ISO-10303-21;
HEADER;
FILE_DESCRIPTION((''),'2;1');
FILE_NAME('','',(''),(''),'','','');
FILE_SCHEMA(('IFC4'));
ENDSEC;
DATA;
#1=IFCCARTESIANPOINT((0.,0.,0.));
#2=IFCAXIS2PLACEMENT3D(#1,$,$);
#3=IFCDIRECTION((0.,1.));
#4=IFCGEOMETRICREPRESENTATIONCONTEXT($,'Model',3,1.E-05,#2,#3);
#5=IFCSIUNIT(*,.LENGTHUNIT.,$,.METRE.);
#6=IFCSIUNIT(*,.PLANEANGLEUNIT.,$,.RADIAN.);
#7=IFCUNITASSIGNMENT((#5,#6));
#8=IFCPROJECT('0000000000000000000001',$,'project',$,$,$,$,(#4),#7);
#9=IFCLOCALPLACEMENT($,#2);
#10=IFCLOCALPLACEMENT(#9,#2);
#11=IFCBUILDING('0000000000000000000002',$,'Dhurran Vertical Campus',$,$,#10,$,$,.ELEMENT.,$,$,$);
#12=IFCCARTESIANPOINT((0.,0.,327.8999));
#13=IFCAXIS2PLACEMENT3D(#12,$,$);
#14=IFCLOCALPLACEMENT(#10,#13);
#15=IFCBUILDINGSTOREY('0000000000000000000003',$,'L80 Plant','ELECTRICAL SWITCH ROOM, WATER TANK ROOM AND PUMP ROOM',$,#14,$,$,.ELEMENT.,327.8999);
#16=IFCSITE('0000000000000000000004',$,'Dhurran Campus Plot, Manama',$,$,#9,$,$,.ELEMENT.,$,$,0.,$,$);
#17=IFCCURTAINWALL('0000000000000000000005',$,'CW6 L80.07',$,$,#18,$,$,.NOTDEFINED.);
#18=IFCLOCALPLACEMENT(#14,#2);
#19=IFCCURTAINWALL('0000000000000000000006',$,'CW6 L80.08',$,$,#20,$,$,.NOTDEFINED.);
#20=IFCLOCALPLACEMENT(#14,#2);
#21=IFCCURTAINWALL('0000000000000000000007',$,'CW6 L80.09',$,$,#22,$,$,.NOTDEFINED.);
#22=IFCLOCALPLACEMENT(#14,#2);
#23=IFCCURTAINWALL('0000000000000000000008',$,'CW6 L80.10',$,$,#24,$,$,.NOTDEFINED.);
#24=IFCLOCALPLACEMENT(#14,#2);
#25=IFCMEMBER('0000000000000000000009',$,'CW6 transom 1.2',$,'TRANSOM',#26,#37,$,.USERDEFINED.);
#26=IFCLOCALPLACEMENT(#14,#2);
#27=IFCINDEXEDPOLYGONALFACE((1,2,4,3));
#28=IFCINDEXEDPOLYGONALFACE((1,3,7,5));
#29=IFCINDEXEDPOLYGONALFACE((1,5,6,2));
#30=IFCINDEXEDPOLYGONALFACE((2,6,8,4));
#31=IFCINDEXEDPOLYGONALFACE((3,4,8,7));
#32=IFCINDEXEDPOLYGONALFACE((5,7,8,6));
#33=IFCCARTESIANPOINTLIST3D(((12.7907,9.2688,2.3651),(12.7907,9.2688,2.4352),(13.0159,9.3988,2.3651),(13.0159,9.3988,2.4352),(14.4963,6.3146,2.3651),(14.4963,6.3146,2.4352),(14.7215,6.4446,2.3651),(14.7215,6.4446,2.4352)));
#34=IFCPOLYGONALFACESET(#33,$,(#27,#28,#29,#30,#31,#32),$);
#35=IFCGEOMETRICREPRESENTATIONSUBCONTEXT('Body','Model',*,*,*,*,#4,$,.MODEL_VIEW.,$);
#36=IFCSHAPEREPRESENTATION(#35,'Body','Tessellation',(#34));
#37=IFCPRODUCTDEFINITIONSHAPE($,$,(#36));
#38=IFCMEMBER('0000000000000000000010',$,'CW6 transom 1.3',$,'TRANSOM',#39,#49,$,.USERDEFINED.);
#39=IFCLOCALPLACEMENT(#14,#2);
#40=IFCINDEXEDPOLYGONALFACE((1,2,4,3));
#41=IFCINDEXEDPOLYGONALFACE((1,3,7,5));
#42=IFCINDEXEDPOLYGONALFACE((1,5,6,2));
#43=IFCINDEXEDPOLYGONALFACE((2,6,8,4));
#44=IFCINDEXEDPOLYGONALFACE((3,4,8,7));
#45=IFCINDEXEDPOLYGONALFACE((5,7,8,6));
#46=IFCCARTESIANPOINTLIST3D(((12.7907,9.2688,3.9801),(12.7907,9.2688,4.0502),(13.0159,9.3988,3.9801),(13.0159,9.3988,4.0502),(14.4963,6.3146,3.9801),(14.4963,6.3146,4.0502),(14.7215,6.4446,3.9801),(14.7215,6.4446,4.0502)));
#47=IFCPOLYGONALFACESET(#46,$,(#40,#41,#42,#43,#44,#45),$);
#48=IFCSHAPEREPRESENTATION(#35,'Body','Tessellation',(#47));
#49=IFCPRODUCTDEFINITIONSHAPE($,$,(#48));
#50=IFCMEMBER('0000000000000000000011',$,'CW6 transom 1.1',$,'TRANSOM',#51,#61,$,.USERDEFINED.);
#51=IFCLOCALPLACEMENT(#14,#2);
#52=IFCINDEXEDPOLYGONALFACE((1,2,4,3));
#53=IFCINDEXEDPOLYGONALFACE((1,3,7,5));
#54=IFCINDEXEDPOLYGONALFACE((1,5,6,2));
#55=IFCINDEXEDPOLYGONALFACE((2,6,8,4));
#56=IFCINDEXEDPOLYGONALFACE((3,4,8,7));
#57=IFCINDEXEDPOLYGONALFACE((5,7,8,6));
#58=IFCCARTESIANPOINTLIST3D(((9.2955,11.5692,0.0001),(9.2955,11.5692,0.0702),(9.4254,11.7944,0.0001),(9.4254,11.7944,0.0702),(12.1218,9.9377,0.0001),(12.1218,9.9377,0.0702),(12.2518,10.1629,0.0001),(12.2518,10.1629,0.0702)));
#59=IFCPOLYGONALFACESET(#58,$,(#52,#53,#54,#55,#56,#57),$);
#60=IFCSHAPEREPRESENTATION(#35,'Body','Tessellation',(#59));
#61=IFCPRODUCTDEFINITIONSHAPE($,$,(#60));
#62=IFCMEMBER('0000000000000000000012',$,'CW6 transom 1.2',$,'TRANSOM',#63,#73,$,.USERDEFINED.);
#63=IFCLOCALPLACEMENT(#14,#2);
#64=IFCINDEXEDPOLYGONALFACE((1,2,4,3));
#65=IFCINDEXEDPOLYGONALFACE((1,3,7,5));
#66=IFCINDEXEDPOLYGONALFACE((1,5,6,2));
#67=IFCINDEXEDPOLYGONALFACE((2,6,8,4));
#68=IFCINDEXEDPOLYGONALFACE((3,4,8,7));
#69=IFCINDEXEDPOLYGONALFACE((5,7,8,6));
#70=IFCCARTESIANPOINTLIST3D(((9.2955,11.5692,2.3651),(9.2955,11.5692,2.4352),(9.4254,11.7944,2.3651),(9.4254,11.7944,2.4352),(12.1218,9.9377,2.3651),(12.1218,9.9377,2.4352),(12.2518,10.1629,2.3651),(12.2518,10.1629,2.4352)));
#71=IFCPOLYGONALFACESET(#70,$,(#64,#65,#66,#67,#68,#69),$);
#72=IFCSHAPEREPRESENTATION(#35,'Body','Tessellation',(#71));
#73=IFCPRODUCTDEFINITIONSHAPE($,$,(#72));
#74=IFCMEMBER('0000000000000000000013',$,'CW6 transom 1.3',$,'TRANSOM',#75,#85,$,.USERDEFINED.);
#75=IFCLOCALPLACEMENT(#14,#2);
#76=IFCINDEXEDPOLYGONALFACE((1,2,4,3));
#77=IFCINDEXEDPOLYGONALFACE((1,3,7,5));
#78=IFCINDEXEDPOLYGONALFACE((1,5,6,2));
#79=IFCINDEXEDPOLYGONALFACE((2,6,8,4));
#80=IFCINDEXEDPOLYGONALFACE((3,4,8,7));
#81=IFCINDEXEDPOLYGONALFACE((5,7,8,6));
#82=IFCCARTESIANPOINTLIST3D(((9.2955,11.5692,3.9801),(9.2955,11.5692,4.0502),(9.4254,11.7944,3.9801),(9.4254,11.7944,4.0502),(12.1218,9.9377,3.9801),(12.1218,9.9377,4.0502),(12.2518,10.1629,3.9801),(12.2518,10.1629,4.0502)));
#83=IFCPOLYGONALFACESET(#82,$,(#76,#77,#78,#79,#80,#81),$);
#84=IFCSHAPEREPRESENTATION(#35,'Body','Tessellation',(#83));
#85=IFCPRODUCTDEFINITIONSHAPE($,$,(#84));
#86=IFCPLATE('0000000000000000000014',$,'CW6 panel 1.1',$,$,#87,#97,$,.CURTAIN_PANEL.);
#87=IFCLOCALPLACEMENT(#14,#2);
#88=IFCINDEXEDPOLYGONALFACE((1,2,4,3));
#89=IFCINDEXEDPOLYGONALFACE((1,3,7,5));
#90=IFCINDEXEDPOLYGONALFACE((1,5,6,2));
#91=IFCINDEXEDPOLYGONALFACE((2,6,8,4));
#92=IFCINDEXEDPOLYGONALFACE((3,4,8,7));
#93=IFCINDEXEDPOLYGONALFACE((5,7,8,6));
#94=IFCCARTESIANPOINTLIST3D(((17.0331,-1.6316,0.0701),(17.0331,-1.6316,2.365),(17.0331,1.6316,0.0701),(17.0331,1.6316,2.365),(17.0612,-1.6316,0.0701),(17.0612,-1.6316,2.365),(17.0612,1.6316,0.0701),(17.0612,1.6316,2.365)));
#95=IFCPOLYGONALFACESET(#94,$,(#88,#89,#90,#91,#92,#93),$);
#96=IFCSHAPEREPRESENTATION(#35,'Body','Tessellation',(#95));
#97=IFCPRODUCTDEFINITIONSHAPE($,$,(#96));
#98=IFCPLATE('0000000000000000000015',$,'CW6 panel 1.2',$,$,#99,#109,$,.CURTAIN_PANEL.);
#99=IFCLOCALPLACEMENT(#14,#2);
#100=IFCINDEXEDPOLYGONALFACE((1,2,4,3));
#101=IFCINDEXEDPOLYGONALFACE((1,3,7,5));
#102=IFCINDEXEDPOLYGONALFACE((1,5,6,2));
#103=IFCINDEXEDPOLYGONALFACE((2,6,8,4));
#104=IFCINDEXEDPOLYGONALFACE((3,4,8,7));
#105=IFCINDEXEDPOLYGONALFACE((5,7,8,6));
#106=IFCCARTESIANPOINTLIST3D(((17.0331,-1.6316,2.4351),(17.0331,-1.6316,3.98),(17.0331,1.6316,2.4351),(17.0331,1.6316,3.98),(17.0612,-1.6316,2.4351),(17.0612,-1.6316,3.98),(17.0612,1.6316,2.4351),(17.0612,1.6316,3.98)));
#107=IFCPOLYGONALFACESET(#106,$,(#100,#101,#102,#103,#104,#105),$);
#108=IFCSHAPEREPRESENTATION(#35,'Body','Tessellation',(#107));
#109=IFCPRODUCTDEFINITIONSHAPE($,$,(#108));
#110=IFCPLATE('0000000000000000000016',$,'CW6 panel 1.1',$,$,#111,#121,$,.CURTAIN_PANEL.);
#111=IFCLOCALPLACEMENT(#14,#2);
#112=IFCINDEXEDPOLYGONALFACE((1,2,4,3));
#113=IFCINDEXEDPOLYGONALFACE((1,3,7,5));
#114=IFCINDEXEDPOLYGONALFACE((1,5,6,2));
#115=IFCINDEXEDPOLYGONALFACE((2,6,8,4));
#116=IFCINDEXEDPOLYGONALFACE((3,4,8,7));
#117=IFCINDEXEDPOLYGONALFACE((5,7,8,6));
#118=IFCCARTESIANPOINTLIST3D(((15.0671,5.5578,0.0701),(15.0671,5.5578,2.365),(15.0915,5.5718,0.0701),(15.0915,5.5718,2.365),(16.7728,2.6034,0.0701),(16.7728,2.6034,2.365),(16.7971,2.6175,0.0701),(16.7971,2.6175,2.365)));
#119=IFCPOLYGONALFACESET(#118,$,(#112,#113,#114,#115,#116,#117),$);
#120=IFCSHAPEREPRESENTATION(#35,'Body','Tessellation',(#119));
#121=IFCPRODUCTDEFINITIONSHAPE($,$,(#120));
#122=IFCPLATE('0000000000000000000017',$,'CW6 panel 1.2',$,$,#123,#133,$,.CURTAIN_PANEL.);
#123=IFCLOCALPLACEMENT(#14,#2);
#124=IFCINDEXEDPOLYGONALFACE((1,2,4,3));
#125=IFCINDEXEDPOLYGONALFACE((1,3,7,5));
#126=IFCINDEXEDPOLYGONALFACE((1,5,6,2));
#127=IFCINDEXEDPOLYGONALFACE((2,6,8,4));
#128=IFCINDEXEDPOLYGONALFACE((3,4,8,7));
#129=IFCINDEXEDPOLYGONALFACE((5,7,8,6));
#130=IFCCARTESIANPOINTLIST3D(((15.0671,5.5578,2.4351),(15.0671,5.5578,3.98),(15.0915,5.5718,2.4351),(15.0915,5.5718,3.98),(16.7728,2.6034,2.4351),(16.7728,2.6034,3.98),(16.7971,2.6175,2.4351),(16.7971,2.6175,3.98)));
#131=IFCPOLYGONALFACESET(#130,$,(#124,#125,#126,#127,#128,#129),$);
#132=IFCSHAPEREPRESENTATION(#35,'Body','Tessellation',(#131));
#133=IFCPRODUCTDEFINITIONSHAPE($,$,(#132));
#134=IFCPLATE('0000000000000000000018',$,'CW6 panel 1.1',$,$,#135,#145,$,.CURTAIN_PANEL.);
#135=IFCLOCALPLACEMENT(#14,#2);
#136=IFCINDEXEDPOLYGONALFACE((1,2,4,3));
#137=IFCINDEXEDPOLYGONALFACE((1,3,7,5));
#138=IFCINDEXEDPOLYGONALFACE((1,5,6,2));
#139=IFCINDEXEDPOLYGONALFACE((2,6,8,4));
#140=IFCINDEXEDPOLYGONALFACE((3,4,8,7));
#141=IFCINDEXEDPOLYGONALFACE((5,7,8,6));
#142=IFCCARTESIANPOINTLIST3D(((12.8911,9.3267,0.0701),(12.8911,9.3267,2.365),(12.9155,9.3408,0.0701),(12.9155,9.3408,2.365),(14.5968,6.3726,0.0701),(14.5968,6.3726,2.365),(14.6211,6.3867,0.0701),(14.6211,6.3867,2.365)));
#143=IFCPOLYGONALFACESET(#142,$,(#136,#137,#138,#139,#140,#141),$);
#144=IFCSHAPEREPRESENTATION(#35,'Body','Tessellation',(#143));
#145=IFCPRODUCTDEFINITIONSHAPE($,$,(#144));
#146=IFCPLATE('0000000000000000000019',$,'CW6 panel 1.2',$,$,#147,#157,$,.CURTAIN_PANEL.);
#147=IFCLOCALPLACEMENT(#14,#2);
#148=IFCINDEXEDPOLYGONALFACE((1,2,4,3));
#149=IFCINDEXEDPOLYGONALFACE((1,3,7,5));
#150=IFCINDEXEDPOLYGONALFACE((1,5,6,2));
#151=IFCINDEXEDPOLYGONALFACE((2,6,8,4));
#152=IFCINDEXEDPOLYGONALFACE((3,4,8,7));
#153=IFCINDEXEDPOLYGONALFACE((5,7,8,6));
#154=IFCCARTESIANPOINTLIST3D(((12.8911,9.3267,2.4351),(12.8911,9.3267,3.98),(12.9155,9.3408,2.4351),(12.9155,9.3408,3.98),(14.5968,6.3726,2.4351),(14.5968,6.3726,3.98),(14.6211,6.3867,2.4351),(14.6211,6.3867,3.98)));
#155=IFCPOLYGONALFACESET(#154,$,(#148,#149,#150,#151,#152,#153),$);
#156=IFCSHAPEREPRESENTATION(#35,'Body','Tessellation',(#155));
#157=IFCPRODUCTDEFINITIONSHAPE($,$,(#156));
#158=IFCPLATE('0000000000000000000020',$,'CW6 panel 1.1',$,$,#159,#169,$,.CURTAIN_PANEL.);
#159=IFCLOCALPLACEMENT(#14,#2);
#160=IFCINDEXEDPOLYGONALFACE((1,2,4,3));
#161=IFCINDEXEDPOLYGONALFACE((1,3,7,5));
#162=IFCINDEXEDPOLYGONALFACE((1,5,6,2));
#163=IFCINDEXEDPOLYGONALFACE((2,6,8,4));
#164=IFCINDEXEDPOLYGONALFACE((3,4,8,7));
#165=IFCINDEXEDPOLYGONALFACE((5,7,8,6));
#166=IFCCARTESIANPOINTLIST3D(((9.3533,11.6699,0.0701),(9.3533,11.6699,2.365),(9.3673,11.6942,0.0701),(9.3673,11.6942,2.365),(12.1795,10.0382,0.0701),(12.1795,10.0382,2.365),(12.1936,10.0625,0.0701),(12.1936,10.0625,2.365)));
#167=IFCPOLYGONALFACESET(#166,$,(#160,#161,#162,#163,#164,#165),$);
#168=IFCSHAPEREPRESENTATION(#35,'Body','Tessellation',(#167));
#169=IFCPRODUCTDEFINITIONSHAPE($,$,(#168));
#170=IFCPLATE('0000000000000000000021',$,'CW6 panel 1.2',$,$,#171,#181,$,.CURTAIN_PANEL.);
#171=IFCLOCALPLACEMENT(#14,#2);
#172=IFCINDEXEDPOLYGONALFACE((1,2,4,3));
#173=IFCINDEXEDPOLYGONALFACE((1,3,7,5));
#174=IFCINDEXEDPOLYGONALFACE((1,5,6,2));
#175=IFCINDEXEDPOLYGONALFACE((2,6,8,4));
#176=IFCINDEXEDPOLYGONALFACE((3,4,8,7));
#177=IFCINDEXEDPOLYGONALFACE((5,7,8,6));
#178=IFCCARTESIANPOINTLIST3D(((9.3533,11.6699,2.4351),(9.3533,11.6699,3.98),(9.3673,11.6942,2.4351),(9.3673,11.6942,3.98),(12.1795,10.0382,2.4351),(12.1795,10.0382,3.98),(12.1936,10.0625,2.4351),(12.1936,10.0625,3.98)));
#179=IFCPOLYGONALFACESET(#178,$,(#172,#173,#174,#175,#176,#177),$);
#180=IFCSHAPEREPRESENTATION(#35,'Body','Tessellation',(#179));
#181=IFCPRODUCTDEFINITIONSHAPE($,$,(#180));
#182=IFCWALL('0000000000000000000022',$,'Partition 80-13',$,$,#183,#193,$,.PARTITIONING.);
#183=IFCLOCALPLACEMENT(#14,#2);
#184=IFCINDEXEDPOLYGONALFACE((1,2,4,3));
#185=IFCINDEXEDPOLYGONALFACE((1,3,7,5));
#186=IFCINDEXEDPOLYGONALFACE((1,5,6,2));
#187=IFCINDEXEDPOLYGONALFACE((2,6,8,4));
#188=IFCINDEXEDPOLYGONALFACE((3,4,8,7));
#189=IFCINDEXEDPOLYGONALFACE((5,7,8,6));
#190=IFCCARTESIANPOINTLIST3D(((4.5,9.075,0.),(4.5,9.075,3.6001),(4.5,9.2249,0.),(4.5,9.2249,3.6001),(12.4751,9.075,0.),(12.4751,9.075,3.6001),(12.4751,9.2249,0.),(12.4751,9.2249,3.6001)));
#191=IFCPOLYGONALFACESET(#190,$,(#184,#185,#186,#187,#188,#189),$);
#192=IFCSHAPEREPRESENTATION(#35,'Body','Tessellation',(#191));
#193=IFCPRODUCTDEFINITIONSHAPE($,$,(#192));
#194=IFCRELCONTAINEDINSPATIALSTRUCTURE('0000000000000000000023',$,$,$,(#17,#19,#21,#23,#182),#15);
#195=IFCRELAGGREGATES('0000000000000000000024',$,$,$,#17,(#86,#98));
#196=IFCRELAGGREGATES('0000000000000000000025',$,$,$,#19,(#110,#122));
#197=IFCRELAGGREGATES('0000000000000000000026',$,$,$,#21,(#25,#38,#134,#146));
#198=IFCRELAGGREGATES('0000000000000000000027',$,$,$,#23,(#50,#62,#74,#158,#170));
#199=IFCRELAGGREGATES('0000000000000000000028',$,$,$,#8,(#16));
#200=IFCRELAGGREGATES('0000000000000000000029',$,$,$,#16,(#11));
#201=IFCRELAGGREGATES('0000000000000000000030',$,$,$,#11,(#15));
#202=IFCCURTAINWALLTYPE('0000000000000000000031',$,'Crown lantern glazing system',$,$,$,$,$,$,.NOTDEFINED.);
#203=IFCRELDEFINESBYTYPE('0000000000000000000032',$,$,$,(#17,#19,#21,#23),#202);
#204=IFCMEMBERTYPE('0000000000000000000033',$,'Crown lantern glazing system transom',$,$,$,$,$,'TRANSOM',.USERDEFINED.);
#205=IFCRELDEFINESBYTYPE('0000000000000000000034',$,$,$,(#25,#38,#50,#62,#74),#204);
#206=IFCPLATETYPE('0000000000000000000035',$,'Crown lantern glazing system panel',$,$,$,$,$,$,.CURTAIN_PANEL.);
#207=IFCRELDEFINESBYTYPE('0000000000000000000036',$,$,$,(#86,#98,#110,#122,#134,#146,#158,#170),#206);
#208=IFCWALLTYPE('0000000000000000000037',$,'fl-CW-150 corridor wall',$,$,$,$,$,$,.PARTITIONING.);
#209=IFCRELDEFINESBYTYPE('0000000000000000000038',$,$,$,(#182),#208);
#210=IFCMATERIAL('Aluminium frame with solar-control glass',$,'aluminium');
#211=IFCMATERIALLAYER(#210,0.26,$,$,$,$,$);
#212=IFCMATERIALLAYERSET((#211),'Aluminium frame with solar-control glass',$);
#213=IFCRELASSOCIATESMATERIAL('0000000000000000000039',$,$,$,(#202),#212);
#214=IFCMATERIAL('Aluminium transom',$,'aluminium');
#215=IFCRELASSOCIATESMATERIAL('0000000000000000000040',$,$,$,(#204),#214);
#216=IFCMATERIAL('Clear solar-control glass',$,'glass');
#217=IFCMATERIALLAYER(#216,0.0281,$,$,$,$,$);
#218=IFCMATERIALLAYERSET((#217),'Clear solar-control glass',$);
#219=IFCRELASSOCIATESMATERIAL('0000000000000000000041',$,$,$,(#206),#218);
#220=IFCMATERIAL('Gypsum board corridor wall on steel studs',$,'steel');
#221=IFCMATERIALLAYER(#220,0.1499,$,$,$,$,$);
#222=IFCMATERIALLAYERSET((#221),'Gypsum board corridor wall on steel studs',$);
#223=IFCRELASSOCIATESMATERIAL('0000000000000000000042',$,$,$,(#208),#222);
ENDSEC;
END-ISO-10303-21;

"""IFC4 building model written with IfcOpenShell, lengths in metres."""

from ifc_helpers import new_model, si_unit, direction, frame, frame_2d, origin, origin_2d, place, context, subcontext, project, spatial, rectangle, extrude, material, layer, layer_set, material_profile, profile_set, type_object, element, aggregate, save


model = new_model("IFC4")

# Units and contexts
model_context = context("Model", 3, precision=1e-05, world=origin(), true_north=direction((0.0, 1.0)))
body_context = subcontext(model_context, "Body", "Model", "MODEL_VIEW")
ifc_project = project(units=[si_unit("LENGTHUNIT", "METRE"), si_unit("PLANEANGLEUNIT", "RADIAN")], contexts=[model_context])

# Site, building, storey
site_placement = place(None, origin())
site = spatial("IfcSite", under=ifc_project, at=site_placement, Name="Dhurran Campus Plot, Manama", CompositionType="ELEMENT", RefElevation=0.0)
building_placement = place(site_placement, origin())
building = spatial("IfcBuilding", under=site, at=building_placement, Name="Dhurran Vertical Campus", CompositionType="ELEMENT")
storey_placement = place(building_placement, frame((0.0, 0.0, 327.8999)))
storey = spatial("IfcBuildingStorey", under=building, at=storey_placement, Name="L80 Plant", Description="ELECTRICAL SWITCH ROOM, WATER TANK ROOM AND PUMP ROOM", CompositionType="ELEMENT", Elevation=327.8999)

# Curtain wall
ifc_material_1 = material(Name="Aluminium frame with solar-control glass", Category="aluminium")
ifc_layer_1 = layer(ifc_material_1, 0.26)
ifc_layer_set_1 = layer_set([ifc_layer_1], Name="Aluminium frame with solar-control glass")
curtain_wall_type = type_object("IfcCurtainWallType", Name="Crown lantern glazing system", PredefinedType="NOTDEFINED", material=ifc_layer_set_1)
curtain_wall_1_placement = place(storey_placement, origin())
curtain_wall_1 = element("IfcCurtainWall", 1, at=curtain_wall_1_placement, inside=storey, type_object=curtain_wall_type, Name="CW6 L80.07", PredefinedType="NOTDEFINED")

# Curtain walls
curtain_wall_2_placement = place(storey_placement, origin())
curtain_wall_2 = element("IfcCurtainWall", 2, at=curtain_wall_2_placement, inside=storey, type_object=curtain_wall_type, Name="CW6 L80.08", PredefinedType="NOTDEFINED")
curtain_wall_3_placement = place(storey_placement, origin())
curtain_wall_3 = element("IfcCurtainWall", 3, at=curtain_wall_3_placement, inside=storey, type_object=curtain_wall_type, Name="CW6 L80.09", PredefinedType="NOTDEFINED")
curtain_wall_4_placement = place(storey_placement, origin())
curtain_wall_4 = element("IfcCurtainWall", 4, at=curtain_wall_4_placement, inside=storey, type_object=curtain_wall_type, Name="CW6 L80.10", PredefinedType="NOTDEFINED")

# Members
ifc_material_2 = material(Name="Aluminium transom", Category="aluminium")
ifc_material_profile_1 = material_profile(ifc_material_2, rectangle(XDim=0.26, YDim=0.0701, at=origin_2d()), Name="Crown lantern glazing system transom")
ifc_profile_set_1 = profile_set([ifc_material_profile_1], Name="Aluminium transom")
member_type_1 = type_object("IfcMemberType", Name="Crown lantern glazing system transom", ElementType="TRANSOM", PredefinedType="USERDEFINED", material=ifc_profile_set_1)
member_1_placement = place(storey_placement, frame((14.6089, 6.3796, 2.4001), z_axis=(-0.500003, 0.866023, 0.0), x_axis=(-0.866023, -0.500003, 0.0)))
member_1 = element("IfcMember", 5, at=member_1_placement, type_object=member_type_1, Name="CW6 transom 1.2", ObjectType="TRANSOM", PredefinedType="USERDEFINED", context=body_context, shape_type="SweptSolid", body=[
    extrude(rectangle(XDim=0.26, YDim=0.0701, at=origin_2d()), origin(), (0.0, 0.0, 1.0), 3.4111),
])
member_2_placement = place(storey_placement, frame((14.6089, 6.3796, 4.0151), z_axis=(-0.500003, 0.866023, 0.0), x_axis=(-0.866023, -0.500003, 0.0)))
member_2 = element("IfcMember", 6, at=member_2_placement, type_object=member_type_1, Name="CW6 transom 1.3", ObjectType="TRANSOM", PredefinedType="USERDEFINED", context=body_context, shape_type="SweptSolid", body=[
    extrude(rectangle(XDim=0.26, YDim=0.0701, at=origin_2d()), origin(), (0.0, 0.0, 1.0), 3.4111),
])
member_3_placement = place(storey_placement, frame((12.1868, 10.0503, 0.0352), z_axis=(-0.866057, 0.499945, 0.0), x_axis=(-0.499945, -0.866057, 0.0)))
member_3 = element("IfcMember", 7, at=member_3_placement, type_object=member_type_1, Name="CW6 transom 1.1", ObjectType="TRANSOM", PredefinedType="USERDEFINED", context=body_context, shape_type="SweptSolid", body=[
    extrude(rectangle(XDim=0.26, YDim=0.0701, at=origin_2d()), origin(), (0.0, 0.0, 1.0), 3.2634),
])
member_4_placement = place(storey_placement, frame((12.1868, 10.0503, 2.4001), z_axis=(-0.866057, 0.499945, 0.0), x_axis=(-0.499945, -0.866057, 0.0)))
member_4 = element("IfcMember", 8, at=member_4_placement, type_object=member_type_1, Name="CW6 transom 1.2", ObjectType="TRANSOM", PredefinedType="USERDEFINED", context=body_context, shape_type="SweptSolid", body=[
    extrude(rectangle(XDim=0.26, YDim=0.0701, at=origin_2d()), origin(), (0.0, 0.0, 1.0), 3.2634),
])
member_5_placement = place(storey_placement, frame((12.1868, 10.0503, 4.0151), z_axis=(-0.866057, 0.499945, 0.0), x_axis=(-0.499945, -0.866057, 0.0)))
member_5 = element("IfcMember", 9, at=member_5_placement, type_object=member_type_1, Name="CW6 transom 1.3", ObjectType="TRANSOM", PredefinedType="USERDEFINED", context=body_context, shape_type="SweptSolid", body=[
    extrude(rectangle(XDim=0.26, YDim=0.0701, at=origin_2d()), origin(), (0.0, 0.0, 1.0), 3.2634),
])

# Plates
ifc_material_3 = material(Name="Clear solar-control glass", Category="glass")
ifc_layer_2 = layer(ifc_material_3, 0.0281)
ifc_layer_set_2 = layer_set([ifc_layer_2], Name="Clear solar-control glass")
plate_type = type_object("IfcPlateType", Name="Crown lantern glazing system panel", PredefinedType="CURTAIN_PANEL", material=ifc_layer_set_2)
plate_1_placement = place(storey_placement, frame((17.0471, 0.0, 0.0701), z_axis=(0.0, 0.0, 1.0), x_axis=(0.0, 1.0, 0.0)))
plate_1 = element("IfcPlate", 10, at=plate_1_placement, type_object=plate_type, Name="CW6 panel 1.1", PredefinedType="CURTAIN_PANEL", context=body_context, shape_type="SweptSolid", body=[
    extrude(rectangle(XDim=3.2632, YDim=0.0281, at=origin_2d()), origin(), (0.0, 0.0, 1.0), 2.2949),
])
plate_2_placement = place(storey_placement, frame((17.0471, 0.0, 2.4351), z_axis=(0.0, 0.0, 1.0), x_axis=(0.0, 1.0, 0.0)))
plate_2 = element("IfcPlate", 11, at=plate_2_placement, type_object=plate_type, Name="CW6 panel 1.2", PredefinedType="CURTAIN_PANEL", context=body_context, shape_type="SweptSolid", body=[
    extrude(rectangle(XDim=3.2632, YDim=0.0281, at=origin_2d()), origin(), (0.0, 0.0, 1.0), 1.5449),
])
aggregate(curtain_wall_1, [plate_1, plate_2])
plate_3_placement = place(storey_placement, frame((15.9321, 4.0876, 0.0701), z_axis=(0.0, 0.0, 1.0), x_axis=(-0.499991, 0.86603, 0.0)))
plate_3 = element("IfcPlate", 12, at=plate_3_placement, type_object=plate_type, Name="CW6 panel 1.1", PredefinedType="CURTAIN_PANEL", context=body_context, shape_type="SweptSolid", body=[
    extrude(rectangle(XDim=3.4114, YDim=0.0281, at=origin_2d()), origin(), (0.0, 0.0, 1.0), 2.2949),
])
plate_4_placement = place(storey_placement, frame((15.9321, 4.0876, 2.4351), z_axis=(0.0, 0.0, 1.0), x_axis=(-0.499991, 0.86603, 0.0)))
plate_4 = element("IfcPlate", 13, at=plate_4_placement, type_object=plate_type, Name="CW6 panel 1.2", PredefinedType="CURTAIN_PANEL", context=body_context, shape_type="SweptSolid", body=[
    extrude(rectangle(XDim=3.4114, YDim=0.0281, at=origin_2d()), origin(), (0.0, 0.0, 1.0), 1.5449),
])
aggregate(curtain_wall_2, [plate_3, plate_4])
plate_5_placement = place(storey_placement, frame((13.7561, 7.8567, 0.0701), z_axis=(0.0, 0.0, 1.0), x_axis=(-0.500016, 0.866016, 0.0)))
plate_5 = element("IfcPlate", 14, at=plate_5_placement, type_object=plate_type, Name="CW6 panel 1.1", PredefinedType="CURTAIN_PANEL", context=body_context, shape_type="SweptSolid", body=[
    extrude(rectangle(XDim=3.4111, YDim=0.0281, at=origin_2d()), origin(), (0.0, 0.0, 1.0), 2.2949),
])
plate_6_placement = place(storey_placement, frame((13.7561, 7.8567, 2.4351), z_axis=(0.0, 0.0, 1.0), x_axis=(-0.500016, 0.866016, 0.0)))
plate_6 = element("IfcPlate", 15, at=plate_6_placement, type_object=plate_type, Name="CW6 panel 1.2", PredefinedType="CURTAIN_PANEL", context=body_context, shape_type="SweptSolid", body=[
    extrude(rectangle(XDim=3.4111, YDim=0.0281, at=origin_2d()), origin(), (0.0, 0.0, 1.0), 1.5449),
])
aggregate(curtain_wall_3, [member_1, member_2, plate_5, plate_6])
plate_7_placement = place(storey_placement, frame((10.7734, 10.8662, 0.0701), z_axis=(0.0, 0.0, 1.0), x_axis=(-0.86603, 0.499991, 0.0)))
plate_7 = element("IfcPlate", 16, at=plate_7_placement, type_object=plate_type, Name="CW6 panel 1.1", PredefinedType="CURTAIN_PANEL", context=body_context, shape_type="SweptSolid", body=[
    extrude(rectangle(XDim=3.2634, YDim=0.0281, at=origin_2d()), origin(), (0.0, 0.0, 1.0), 2.2949),
])
plate_8_placement = place(storey_placement, frame((10.7734, 10.8662, 2.4351), z_axis=(0.0, 0.0, 1.0), x_axis=(-0.86603, 0.499991, 0.0)))
plate_8 = element("IfcPlate", 17, at=plate_8_placement, type_object=plate_type, Name="CW6 panel 1.2", PredefinedType="CURTAIN_PANEL", context=body_context, shape_type="SweptSolid", body=[
    extrude(rectangle(XDim=3.2634, YDim=0.0281, at=origin_2d()), origin(), (0.0, 0.0, 1.0), 1.5449),
])
aggregate(curtain_wall_4, [member_3, member_4, member_5, plate_7, plate_8])

# Wall
ifc_material_4 = material(Name="Gypsum board corridor wall on steel studs", Category="steel")
ifc_layer_3 = layer(ifc_material_4, 0.1499)
ifc_layer_set_3 = layer_set([ifc_layer_3], Name="Gypsum board corridor wall on steel studs")
wall_type_1 = type_object("IfcWallType", Name="fl-CW-150 corridor wall", PredefinedType="PARTITIONING", material=ifc_layer_set_3)
wall_1_placement = place(storey_placement, frame((12.4751, 9.1499, 0.0), z_axis=(0.0, 0.0, 1.0), x_axis=(-1.0, 0.0, 0.0)))
element("IfcWall", 18, at=wall_1_placement, inside=storey, type_object=wall_type_1, Name="Partition 80-13", PredefinedType="PARTITIONING", context=body_context, shape_type="SweptSolid", body=[
    extrude(rectangle(XDim=7.9751, YDim=0.1499, at=frame_2d((3.9875, 0.0))), origin(), (0.0, 0.0, 1.0), 3.6001),
])

save(model, "model.ifc")
